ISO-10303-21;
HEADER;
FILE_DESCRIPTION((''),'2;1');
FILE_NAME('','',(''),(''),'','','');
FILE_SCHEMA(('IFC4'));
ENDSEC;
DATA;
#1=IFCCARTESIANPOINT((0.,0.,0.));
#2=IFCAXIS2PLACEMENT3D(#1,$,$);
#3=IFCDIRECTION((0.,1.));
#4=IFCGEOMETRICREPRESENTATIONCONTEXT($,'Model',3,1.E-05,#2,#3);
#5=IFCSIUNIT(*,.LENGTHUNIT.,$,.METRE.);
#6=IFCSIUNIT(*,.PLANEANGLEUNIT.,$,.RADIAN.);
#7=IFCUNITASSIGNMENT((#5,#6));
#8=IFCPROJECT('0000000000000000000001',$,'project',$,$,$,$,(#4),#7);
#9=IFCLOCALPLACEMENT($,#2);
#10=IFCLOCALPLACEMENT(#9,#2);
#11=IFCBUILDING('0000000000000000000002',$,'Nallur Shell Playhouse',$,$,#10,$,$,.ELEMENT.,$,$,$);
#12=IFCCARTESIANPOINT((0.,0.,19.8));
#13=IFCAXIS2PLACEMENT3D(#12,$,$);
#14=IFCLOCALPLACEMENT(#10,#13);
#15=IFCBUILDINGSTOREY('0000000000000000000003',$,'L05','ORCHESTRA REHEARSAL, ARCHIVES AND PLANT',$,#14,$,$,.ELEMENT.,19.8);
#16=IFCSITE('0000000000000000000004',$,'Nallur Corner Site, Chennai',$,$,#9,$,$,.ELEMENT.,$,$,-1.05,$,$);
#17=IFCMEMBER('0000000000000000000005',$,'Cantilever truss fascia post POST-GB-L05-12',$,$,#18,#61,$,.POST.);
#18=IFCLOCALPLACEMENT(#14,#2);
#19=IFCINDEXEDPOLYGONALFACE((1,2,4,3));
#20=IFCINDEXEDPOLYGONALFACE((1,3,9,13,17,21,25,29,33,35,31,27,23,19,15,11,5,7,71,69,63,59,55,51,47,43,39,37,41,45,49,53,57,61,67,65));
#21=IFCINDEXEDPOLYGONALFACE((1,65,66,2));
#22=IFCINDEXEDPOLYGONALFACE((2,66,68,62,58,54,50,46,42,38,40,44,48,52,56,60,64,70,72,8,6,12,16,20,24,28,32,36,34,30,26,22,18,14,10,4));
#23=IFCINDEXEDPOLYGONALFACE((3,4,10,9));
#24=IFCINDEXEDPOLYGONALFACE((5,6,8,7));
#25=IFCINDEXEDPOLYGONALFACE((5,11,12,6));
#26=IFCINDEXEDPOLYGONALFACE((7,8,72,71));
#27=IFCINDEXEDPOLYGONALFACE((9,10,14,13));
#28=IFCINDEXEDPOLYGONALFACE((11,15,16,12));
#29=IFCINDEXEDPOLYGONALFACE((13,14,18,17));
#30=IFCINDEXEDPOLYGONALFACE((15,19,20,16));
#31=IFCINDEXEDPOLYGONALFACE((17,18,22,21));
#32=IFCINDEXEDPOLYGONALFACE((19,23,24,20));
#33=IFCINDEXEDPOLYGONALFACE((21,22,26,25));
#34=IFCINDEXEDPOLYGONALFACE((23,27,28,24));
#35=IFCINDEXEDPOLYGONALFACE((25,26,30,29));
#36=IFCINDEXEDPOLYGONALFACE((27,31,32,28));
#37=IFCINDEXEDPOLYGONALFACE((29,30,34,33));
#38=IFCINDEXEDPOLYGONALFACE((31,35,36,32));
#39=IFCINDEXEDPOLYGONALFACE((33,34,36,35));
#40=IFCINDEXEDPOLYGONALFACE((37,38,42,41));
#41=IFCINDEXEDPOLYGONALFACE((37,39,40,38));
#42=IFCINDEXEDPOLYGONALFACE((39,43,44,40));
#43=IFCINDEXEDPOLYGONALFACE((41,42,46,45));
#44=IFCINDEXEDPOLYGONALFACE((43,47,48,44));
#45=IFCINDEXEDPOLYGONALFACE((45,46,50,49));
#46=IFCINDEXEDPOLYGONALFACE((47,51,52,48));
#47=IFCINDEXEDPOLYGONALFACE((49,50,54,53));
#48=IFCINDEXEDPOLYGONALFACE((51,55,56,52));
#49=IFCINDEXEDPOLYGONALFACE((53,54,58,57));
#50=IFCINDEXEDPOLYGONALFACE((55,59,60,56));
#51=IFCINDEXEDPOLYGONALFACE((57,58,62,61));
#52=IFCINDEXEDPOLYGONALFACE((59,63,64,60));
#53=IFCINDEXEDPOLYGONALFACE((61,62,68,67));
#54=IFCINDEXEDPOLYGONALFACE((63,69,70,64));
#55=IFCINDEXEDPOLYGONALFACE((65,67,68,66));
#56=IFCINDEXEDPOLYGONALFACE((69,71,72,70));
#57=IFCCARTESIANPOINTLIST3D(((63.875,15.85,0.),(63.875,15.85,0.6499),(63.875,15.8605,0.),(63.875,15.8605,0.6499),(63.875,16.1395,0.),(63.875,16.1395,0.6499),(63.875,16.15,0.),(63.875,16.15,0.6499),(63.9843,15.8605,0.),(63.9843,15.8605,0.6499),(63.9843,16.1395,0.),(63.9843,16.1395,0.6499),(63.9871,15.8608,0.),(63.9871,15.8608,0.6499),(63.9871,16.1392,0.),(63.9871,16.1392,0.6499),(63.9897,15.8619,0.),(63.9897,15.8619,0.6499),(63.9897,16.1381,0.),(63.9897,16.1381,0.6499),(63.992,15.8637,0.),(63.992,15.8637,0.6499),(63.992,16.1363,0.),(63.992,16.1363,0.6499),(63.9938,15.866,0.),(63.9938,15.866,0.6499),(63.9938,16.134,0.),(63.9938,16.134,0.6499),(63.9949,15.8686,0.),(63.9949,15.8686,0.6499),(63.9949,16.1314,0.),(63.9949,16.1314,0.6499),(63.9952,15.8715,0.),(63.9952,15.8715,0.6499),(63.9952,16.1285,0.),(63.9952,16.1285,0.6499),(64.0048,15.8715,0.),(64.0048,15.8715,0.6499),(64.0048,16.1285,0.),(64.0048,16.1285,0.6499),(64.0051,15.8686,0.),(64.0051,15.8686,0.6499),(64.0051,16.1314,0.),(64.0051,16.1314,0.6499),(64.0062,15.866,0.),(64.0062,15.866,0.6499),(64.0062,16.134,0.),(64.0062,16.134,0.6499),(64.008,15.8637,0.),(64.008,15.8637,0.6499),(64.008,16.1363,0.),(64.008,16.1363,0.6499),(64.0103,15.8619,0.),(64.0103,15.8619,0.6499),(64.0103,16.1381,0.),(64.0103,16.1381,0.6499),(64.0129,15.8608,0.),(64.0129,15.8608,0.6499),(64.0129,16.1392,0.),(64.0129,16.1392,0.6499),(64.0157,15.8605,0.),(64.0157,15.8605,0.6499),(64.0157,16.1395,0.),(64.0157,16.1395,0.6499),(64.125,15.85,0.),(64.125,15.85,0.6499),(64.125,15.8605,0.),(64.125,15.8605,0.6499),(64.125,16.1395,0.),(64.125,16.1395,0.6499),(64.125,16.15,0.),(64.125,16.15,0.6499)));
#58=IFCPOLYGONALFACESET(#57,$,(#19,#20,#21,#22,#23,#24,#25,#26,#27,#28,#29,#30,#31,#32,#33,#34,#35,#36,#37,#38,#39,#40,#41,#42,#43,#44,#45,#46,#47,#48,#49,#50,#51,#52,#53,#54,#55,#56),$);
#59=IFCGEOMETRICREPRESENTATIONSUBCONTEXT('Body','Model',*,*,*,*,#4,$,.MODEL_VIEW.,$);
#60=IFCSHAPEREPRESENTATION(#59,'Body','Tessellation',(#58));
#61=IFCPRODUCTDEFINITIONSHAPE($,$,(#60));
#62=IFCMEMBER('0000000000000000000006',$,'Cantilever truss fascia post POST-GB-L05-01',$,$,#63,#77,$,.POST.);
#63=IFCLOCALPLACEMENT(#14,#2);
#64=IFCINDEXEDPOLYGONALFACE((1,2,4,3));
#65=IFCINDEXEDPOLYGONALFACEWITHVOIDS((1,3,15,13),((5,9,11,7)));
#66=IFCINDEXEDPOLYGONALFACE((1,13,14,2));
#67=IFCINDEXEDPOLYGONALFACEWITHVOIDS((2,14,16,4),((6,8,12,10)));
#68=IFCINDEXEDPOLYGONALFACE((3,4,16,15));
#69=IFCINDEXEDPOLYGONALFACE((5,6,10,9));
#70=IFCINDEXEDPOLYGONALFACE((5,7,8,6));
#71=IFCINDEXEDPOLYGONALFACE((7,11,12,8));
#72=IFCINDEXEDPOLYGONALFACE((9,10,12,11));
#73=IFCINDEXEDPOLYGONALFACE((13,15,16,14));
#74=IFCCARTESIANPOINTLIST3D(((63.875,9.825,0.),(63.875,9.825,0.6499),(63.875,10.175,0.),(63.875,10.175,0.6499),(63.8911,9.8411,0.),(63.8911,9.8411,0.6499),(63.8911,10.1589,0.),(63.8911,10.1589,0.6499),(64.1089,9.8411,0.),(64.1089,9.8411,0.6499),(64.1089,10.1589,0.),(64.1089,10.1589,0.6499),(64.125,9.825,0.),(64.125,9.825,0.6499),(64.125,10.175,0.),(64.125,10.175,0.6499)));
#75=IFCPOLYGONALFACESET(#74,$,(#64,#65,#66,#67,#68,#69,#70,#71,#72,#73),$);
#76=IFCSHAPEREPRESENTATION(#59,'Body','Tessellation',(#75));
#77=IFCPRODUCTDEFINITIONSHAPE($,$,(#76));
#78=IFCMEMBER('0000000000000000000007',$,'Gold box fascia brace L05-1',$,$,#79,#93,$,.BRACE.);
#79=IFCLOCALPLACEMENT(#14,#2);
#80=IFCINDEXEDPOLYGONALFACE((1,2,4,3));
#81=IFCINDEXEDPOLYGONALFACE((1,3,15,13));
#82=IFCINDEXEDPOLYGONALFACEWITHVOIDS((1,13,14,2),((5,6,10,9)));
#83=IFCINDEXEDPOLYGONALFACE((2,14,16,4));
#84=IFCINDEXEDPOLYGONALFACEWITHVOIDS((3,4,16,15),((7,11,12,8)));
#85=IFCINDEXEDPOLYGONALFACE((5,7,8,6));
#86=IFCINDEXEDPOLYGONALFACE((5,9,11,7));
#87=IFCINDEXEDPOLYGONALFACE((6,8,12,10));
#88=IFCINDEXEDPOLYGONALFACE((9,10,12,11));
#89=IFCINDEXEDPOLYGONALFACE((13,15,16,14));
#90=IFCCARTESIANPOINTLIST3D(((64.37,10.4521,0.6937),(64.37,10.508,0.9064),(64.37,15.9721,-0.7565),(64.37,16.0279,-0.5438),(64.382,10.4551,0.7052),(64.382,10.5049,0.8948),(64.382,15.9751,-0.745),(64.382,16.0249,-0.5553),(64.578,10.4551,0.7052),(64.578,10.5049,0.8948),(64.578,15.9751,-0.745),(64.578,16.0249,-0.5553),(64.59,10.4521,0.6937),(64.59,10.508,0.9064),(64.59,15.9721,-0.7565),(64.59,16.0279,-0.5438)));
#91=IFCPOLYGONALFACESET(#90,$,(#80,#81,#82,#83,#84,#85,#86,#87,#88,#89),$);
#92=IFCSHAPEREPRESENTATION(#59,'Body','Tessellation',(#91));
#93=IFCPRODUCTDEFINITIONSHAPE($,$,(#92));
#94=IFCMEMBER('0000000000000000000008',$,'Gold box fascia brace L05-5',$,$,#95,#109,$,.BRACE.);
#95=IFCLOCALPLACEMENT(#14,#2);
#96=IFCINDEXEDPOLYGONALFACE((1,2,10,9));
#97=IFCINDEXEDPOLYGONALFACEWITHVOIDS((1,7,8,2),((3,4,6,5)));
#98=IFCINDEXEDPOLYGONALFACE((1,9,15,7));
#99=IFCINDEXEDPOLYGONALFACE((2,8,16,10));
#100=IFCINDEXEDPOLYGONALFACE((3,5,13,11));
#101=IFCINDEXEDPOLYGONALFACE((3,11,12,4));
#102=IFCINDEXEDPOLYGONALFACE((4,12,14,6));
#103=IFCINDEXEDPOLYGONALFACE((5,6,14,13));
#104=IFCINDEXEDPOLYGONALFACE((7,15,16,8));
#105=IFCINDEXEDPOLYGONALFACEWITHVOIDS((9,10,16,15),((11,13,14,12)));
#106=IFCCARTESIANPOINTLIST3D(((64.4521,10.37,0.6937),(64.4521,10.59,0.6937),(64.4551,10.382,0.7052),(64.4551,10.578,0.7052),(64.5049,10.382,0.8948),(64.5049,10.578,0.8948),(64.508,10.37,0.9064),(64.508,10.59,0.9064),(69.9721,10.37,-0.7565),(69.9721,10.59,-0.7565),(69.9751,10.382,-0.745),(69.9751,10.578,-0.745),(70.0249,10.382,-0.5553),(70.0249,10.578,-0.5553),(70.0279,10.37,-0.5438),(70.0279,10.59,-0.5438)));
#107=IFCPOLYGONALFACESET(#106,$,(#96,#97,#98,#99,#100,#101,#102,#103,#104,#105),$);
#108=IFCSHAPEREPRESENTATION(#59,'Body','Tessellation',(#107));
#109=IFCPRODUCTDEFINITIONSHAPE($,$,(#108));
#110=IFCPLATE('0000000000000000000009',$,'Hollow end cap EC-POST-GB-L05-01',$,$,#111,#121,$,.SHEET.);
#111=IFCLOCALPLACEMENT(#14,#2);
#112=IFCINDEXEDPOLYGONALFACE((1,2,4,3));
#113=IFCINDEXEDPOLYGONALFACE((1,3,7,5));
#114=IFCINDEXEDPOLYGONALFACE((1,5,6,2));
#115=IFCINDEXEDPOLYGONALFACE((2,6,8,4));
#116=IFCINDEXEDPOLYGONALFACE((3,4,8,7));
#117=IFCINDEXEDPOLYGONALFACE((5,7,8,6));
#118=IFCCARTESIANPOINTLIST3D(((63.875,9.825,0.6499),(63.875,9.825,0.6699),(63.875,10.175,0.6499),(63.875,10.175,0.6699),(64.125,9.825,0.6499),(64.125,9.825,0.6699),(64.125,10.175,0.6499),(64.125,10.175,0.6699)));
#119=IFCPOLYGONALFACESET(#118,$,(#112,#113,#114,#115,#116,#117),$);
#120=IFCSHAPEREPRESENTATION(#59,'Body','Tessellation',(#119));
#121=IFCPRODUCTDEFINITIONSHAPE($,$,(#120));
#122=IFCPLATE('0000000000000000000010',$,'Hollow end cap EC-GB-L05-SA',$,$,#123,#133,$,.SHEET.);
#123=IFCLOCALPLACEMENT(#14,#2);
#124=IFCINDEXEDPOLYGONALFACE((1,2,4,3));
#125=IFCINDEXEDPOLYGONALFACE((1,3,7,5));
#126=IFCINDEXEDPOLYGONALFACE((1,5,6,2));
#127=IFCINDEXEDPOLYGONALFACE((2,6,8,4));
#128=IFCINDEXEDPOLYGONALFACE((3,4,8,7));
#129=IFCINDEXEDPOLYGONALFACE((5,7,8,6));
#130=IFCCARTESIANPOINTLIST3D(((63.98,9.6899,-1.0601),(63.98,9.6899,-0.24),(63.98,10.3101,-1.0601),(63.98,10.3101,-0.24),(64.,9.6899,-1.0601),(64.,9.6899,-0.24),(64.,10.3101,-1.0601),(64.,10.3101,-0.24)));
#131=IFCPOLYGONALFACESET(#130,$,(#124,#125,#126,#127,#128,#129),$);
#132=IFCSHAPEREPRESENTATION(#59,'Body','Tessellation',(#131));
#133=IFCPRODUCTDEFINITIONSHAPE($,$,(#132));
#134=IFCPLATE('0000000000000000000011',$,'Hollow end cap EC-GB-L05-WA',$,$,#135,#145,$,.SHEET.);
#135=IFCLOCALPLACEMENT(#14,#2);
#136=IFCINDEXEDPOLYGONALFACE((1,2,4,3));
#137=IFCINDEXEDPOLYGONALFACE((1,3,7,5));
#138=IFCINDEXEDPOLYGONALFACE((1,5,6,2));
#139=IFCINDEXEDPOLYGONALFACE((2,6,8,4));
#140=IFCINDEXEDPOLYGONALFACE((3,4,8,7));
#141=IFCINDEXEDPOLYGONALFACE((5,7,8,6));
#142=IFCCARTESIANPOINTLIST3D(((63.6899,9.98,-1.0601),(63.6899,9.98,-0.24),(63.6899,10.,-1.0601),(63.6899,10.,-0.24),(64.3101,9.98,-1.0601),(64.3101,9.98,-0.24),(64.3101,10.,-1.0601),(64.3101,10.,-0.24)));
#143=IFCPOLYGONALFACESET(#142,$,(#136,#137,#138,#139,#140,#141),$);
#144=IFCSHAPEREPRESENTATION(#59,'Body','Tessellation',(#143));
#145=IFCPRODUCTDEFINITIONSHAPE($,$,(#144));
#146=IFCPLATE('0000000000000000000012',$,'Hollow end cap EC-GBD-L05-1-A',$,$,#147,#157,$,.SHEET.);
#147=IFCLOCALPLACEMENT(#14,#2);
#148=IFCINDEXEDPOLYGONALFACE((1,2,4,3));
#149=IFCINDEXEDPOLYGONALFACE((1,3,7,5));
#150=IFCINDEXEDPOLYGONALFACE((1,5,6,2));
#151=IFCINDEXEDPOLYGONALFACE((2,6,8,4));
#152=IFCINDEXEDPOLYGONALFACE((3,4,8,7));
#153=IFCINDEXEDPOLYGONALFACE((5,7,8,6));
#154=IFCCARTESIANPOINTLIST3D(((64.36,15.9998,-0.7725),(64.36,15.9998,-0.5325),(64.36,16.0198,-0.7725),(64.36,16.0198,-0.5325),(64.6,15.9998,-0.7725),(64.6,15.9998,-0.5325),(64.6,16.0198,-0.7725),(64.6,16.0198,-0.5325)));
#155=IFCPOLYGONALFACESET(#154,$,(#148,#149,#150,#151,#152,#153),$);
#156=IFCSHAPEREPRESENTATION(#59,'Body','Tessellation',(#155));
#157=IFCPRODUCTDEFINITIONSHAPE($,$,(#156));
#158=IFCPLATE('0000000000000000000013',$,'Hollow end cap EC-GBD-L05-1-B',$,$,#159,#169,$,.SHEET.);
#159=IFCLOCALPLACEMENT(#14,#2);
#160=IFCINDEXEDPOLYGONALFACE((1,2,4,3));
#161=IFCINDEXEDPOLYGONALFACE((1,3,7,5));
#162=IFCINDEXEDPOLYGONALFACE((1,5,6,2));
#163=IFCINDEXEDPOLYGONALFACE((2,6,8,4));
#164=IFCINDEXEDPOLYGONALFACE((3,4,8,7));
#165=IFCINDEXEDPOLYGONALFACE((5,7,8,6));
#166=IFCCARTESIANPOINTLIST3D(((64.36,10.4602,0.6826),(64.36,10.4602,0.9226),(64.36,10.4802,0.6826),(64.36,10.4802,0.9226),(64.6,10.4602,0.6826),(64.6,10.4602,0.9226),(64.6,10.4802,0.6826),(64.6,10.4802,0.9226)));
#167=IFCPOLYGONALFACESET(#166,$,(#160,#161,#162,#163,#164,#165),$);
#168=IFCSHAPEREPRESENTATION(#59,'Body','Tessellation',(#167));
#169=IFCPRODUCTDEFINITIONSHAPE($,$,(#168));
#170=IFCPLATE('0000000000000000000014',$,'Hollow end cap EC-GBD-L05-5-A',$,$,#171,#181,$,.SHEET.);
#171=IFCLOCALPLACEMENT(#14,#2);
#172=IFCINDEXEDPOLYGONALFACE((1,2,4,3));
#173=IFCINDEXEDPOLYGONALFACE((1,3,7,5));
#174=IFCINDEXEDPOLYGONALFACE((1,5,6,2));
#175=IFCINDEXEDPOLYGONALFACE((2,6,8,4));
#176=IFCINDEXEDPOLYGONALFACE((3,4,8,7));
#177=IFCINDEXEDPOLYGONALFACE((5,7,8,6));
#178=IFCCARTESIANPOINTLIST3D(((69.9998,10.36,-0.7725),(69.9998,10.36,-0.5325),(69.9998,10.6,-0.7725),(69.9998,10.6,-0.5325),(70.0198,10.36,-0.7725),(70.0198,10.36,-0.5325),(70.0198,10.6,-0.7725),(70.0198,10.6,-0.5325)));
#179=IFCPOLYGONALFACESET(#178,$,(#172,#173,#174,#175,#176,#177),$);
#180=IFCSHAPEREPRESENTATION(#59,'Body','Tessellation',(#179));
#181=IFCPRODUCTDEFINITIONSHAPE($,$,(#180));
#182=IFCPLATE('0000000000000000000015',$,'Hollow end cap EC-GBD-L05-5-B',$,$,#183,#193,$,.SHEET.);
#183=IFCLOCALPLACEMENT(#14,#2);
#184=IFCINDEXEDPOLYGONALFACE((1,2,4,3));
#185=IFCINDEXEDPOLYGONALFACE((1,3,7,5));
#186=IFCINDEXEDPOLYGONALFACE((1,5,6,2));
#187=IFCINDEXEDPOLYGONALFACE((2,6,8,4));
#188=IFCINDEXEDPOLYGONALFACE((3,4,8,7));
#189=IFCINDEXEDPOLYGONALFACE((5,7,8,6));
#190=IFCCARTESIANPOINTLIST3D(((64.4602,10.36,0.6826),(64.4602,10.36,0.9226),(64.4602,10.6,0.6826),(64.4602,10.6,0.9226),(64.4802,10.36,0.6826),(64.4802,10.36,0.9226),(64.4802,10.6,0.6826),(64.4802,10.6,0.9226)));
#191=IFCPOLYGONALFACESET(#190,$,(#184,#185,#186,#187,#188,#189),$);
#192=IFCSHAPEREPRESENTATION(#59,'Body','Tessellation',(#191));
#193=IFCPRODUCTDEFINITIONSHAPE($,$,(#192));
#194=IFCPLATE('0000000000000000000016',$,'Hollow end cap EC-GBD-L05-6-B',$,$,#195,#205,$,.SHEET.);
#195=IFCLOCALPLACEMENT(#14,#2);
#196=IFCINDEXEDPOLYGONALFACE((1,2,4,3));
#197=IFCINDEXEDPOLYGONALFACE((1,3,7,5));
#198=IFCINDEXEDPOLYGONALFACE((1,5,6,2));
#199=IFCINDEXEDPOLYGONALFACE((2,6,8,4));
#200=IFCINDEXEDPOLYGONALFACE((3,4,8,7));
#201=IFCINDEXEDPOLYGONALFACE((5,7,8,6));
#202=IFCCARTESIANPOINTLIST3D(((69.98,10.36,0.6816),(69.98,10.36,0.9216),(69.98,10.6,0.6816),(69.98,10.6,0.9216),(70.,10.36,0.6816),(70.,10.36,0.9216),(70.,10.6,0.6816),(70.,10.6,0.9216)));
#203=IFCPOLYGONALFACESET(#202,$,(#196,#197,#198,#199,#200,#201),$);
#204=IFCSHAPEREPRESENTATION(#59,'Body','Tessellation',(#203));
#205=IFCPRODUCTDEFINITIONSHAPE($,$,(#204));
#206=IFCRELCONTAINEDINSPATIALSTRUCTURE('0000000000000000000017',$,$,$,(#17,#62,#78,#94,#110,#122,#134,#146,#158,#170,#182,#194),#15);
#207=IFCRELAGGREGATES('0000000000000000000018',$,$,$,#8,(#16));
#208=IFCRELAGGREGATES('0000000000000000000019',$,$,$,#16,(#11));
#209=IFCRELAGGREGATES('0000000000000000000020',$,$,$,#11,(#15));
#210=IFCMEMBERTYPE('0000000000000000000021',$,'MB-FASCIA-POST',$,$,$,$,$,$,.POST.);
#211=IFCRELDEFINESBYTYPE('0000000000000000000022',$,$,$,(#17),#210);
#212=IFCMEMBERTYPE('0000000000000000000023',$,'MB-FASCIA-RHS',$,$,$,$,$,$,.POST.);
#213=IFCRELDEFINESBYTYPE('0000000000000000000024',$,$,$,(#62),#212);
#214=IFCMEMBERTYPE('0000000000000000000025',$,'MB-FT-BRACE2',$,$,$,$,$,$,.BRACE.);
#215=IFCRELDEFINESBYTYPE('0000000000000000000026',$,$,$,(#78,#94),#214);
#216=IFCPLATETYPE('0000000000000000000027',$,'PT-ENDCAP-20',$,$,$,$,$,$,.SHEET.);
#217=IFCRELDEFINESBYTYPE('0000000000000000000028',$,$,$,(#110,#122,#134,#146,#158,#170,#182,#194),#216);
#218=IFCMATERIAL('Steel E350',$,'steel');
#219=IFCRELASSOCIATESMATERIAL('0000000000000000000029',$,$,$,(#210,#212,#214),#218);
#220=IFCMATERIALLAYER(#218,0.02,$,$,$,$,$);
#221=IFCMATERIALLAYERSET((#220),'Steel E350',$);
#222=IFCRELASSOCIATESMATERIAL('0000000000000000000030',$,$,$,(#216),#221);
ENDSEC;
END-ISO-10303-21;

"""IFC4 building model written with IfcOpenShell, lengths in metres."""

from ifc_helpers import new_model, si_unit, direction, frame, origin, origin_2d, place, context, subcontext, project, spatial, rectangle, hollow_rectangle, i_section, extrude, material, layer, layer_set, material_profile, profile_set, type_object, element, save


model = new_model("IFC4")

# Units and contexts
model_context = context("Model", 3, precision=1e-05, world=origin(), true_north=direction((0.0, 1.0)))
body_context = subcontext(model_context, "Body", "Model", "MODEL_VIEW")
ifc_project = project(units=[si_unit("LENGTHUNIT", "METRE"), si_unit("PLANEANGLEUNIT", "RADIAN")], contexts=[model_context])

# Site, building, storey
site_placement = place(None, origin())
site = spatial("IfcSite", under=ifc_project, at=site_placement, Name="Nallur Corner Site, Chennai", CompositionType="ELEMENT", RefElevation=-1.05)
building_placement = place(site_placement, origin())
building = spatial("IfcBuilding", under=site, at=building_placement, Name="Nallur Shell Playhouse", CompositionType="ELEMENT")
storey_placement = place(building_placement, frame((0.0, 0.0, 19.8)))
storey = spatial("IfcBuildingStorey", under=building, at=storey_placement, Name="L05", Description="ORCHESTRA REHEARSAL, ARCHIVES AND PLANT", CompositionType="ELEMENT", Elevation=19.8)

# Shared definitions
ifc_material_1 = material(Name="Steel E350", Category="steel")

# Members
ifc_material_profile_1 = material_profile(ifc_material_1, i_section(OverallWidth=0.25, OverallDepth=0.3, WebThickness=0.0095, FlangeThickness=0.0105, FilletRadius=0.011, at=origin_2d()), Name="ISHB 300")
ifc_profile_set_1 = profile_set([ifc_material_profile_1], Name="Steel E350")
member_type_1 = type_object("IfcMemberType", Name="MB-FASCIA-POST", PredefinedType="POST", material=ifc_profile_set_1)
member_1_placement = place(storey_placement, frame((64.0, 16.0, 0.0), z_axis=(0.0, 0.0, 1.0), x_axis=(1.0, 0.0, 0.0)))
element("IfcMember", 1, at=member_1_placement, inside=storey, type_object=member_type_1, Name="Cantilever truss fascia post POST-GB-L05-12", PredefinedType="POST", context=body_context, shape_type="SweptSolid", body=[
    extrude(i_section(OverallWidth=0.25, OverallDepth=0.3, WebThickness=0.0095, FlangeThickness=0.0105, FilletRadius=0.011, at=origin_2d()), origin(), (0.0, 0.0, 1.0), 0.6499),
])
ifc_material_profile_2 = material_profile(ifc_material_1, hollow_rectangle(XDim=0.25, YDim=0.3501, WallThickness=0.0161, at=origin_2d()), Name="RHS 350x250x16")
ifc_profile_set_2 = profile_set([ifc_material_profile_2], Name="Steel E350")
member_type_2 = type_object("IfcMemberType", Name="MB-FASCIA-RHS", PredefinedType="POST", material=ifc_profile_set_2)
member_2_placement = place(storey_placement, frame((64.0, 10.0, 0.0), z_axis=(0.0, 0.0, 1.0), x_axis=(1.0, 0.0, 0.0)))
element("IfcMember", 2, at=member_2_placement, inside=storey, type_object=member_type_2, Name="Cantilever truss fascia post POST-GB-L05-01", PredefinedType="POST", context=body_context, shape_type="SweptSolid", body=[
    extrude(hollow_rectangle(XDim=0.25, YDim=0.3501, WallThickness=0.0161, at=origin_2d()), origin(), (0.0, 0.0, 1.0), 0.6499),
])
ifc_material_profile_3 = material_profile(ifc_material_1, hollow_rectangle(XDim=0.22, YDim=0.22, WallThickness=0.012, at=origin_2d()), Name="SHS 220x220x12")
ifc_profile_set_3 = profile_set([ifc_material_profile_3], Name="Steel E350")
member_type_3 = type_object("IfcMemberType", Name="MB-FT-BRACE2", PredefinedType="BRACE", material=ifc_profile_set_3)
for number, where, z_axis, x_axis, name in (
    (3, (64.48, 16.0, -0.6501), (0.0, -0.96718, 0.254093), (1.0, 0.0, 0.0), "Gold box fascia brace L05-1"),
    (4, (70.0, 10.48, -0.6501), (-0.96718, 0.0, 0.254093), (0.0, -1.0, 0.0), "Gold box fascia brace L05-5"),
):
    element("IfcMember", number, at=place(storey_placement, frame(where, z_axis=z_axis, x_axis=x_axis)), inside=storey, type_object=member_type_3, Name=name, PredefinedType="BRACE", context=body_context, shape_type="SweptSolid", body=[
        extrude(hollow_rectangle(XDim=0.22, YDim=0.22, WallThickness=0.012, at=origin_2d()), origin(), (0.0, 0.0, 1.0), 5.7073),
    ])

# Plates
ifc_layer_1 = layer(ifc_material_1, 0.02)
ifc_layer_set_1 = layer_set([ifc_layer_1], Name="Steel E350")
plate_type = type_object("IfcPlateType", Name="PT-ENDCAP-20", PredefinedType="SHEET", material=ifc_layer_set_1)
plate_1_placement = place(storey_placement, frame((64.0, 10.0, 0.6499), z_axis=(0.0, 0.0, 1.0), x_axis=(1.0, 0.0, 0.0)))
element("IfcPlate", 5, at=plate_1_placement, inside=storey, type_object=plate_type, Name="Hollow end cap EC-POST-GB-L05-01", PredefinedType="SHEET", context=body_context, shape_type="SweptSolid", body=[
    extrude(rectangle(XDim=0.25, YDim=0.3501, at=origin_2d()), origin(), (0.0, 0.0, 1.0), 0.02),
])
plate_2_placement = place(storey_placement, frame((63.99, 10.0, -1.0601), z_axis=(0.0, 0.0, 1.0), x_axis=(1.0, 0.0, 0.0)))
element("IfcPlate", 6, at=plate_2_placement, inside=storey, type_object=plate_type, Name="Hollow end cap EC-GB-L05-SA", PredefinedType="SHEET", context=body_context, shape_type="SweptSolid", body=[
    extrude(rectangle(XDim=0.02, YDim=0.6201, at=origin_2d()), origin(), (0.0, 0.0, 1.0), 0.8201),
])
plate_3_placement = place(storey_placement, frame((64.0, 9.99, -1.0601), z_axis=(0.0, 0.0, 1.0), x_axis=(1.0, 0.0, 0.0)))
element("IfcPlate", 7, at=plate_3_placement, inside=storey, type_object=plate_type, Name="Hollow end cap EC-GB-L05-WA", PredefinedType="SHEET", context=body_context, shape_type="SweptSolid", body=[
    extrude(rectangle(XDim=0.6201, YDim=0.02, at=origin_2d()), origin(), (0.0, 0.0, 1.0), 0.8201),
])
for number, where, z_axis, x_axis, name in (
    (8, (64.48, 16.0098, -0.7725), (0.0, 0.0, 1.0), (1.0, 0.0, 0.0), "Hollow end cap EC-GBD-L05-1-A"),
    (9, (64.48, 10.4702, 0.6826), (0.0, 0.0, 1.0), (1.0, 0.0, 0.0), "Hollow end cap EC-GBD-L05-1-B"),
):
    element("IfcPlate", number, at=place(storey_placement, frame(where, z_axis=z_axis, x_axis=x_axis)), inside=storey, type_object=plate_type, Name=name, PredefinedType="SHEET", context=body_context, shape_type="SweptSolid", body=[
        extrude(rectangle(XDim=0.24, YDim=0.02, at=origin_2d()), origin(), (0.0, 0.0, 1.0), 0.24),
    ])
for number, where, z_axis, x_axis, name in (
    (10, (70.0098, 10.48, -0.7725), (0.0, 0.0, 1.0), (1.0, 0.0, 0.0), "Hollow end cap EC-GBD-L05-5-A"),
    (11, (64.4702, 10.48, 0.6826), (0.0, 0.0, 1.0), (1.0, 0.0, 0.0), "Hollow end cap EC-GBD-L05-5-B"),
    (12, (69.99, 10.48, 0.6816), (0.0, 0.0, 1.0), (1.0, 0.0, 0.0), "Hollow end cap EC-GBD-L05-6-B"),
):
    element("IfcPlate", number, at=place(storey_placement, frame(where, z_axis=z_axis, x_axis=x_axis)), inside=storey, type_object=plate_type, Name=name, PredefinedType="SHEET", context=body_context, shape_type="SweptSolid", body=[
        extrude(rectangle(XDim=0.02, YDim=0.24, at=origin_2d()), origin(), (0.0, 0.0, 1.0), 0.24),
    ])

save(model, "model.ifc")
